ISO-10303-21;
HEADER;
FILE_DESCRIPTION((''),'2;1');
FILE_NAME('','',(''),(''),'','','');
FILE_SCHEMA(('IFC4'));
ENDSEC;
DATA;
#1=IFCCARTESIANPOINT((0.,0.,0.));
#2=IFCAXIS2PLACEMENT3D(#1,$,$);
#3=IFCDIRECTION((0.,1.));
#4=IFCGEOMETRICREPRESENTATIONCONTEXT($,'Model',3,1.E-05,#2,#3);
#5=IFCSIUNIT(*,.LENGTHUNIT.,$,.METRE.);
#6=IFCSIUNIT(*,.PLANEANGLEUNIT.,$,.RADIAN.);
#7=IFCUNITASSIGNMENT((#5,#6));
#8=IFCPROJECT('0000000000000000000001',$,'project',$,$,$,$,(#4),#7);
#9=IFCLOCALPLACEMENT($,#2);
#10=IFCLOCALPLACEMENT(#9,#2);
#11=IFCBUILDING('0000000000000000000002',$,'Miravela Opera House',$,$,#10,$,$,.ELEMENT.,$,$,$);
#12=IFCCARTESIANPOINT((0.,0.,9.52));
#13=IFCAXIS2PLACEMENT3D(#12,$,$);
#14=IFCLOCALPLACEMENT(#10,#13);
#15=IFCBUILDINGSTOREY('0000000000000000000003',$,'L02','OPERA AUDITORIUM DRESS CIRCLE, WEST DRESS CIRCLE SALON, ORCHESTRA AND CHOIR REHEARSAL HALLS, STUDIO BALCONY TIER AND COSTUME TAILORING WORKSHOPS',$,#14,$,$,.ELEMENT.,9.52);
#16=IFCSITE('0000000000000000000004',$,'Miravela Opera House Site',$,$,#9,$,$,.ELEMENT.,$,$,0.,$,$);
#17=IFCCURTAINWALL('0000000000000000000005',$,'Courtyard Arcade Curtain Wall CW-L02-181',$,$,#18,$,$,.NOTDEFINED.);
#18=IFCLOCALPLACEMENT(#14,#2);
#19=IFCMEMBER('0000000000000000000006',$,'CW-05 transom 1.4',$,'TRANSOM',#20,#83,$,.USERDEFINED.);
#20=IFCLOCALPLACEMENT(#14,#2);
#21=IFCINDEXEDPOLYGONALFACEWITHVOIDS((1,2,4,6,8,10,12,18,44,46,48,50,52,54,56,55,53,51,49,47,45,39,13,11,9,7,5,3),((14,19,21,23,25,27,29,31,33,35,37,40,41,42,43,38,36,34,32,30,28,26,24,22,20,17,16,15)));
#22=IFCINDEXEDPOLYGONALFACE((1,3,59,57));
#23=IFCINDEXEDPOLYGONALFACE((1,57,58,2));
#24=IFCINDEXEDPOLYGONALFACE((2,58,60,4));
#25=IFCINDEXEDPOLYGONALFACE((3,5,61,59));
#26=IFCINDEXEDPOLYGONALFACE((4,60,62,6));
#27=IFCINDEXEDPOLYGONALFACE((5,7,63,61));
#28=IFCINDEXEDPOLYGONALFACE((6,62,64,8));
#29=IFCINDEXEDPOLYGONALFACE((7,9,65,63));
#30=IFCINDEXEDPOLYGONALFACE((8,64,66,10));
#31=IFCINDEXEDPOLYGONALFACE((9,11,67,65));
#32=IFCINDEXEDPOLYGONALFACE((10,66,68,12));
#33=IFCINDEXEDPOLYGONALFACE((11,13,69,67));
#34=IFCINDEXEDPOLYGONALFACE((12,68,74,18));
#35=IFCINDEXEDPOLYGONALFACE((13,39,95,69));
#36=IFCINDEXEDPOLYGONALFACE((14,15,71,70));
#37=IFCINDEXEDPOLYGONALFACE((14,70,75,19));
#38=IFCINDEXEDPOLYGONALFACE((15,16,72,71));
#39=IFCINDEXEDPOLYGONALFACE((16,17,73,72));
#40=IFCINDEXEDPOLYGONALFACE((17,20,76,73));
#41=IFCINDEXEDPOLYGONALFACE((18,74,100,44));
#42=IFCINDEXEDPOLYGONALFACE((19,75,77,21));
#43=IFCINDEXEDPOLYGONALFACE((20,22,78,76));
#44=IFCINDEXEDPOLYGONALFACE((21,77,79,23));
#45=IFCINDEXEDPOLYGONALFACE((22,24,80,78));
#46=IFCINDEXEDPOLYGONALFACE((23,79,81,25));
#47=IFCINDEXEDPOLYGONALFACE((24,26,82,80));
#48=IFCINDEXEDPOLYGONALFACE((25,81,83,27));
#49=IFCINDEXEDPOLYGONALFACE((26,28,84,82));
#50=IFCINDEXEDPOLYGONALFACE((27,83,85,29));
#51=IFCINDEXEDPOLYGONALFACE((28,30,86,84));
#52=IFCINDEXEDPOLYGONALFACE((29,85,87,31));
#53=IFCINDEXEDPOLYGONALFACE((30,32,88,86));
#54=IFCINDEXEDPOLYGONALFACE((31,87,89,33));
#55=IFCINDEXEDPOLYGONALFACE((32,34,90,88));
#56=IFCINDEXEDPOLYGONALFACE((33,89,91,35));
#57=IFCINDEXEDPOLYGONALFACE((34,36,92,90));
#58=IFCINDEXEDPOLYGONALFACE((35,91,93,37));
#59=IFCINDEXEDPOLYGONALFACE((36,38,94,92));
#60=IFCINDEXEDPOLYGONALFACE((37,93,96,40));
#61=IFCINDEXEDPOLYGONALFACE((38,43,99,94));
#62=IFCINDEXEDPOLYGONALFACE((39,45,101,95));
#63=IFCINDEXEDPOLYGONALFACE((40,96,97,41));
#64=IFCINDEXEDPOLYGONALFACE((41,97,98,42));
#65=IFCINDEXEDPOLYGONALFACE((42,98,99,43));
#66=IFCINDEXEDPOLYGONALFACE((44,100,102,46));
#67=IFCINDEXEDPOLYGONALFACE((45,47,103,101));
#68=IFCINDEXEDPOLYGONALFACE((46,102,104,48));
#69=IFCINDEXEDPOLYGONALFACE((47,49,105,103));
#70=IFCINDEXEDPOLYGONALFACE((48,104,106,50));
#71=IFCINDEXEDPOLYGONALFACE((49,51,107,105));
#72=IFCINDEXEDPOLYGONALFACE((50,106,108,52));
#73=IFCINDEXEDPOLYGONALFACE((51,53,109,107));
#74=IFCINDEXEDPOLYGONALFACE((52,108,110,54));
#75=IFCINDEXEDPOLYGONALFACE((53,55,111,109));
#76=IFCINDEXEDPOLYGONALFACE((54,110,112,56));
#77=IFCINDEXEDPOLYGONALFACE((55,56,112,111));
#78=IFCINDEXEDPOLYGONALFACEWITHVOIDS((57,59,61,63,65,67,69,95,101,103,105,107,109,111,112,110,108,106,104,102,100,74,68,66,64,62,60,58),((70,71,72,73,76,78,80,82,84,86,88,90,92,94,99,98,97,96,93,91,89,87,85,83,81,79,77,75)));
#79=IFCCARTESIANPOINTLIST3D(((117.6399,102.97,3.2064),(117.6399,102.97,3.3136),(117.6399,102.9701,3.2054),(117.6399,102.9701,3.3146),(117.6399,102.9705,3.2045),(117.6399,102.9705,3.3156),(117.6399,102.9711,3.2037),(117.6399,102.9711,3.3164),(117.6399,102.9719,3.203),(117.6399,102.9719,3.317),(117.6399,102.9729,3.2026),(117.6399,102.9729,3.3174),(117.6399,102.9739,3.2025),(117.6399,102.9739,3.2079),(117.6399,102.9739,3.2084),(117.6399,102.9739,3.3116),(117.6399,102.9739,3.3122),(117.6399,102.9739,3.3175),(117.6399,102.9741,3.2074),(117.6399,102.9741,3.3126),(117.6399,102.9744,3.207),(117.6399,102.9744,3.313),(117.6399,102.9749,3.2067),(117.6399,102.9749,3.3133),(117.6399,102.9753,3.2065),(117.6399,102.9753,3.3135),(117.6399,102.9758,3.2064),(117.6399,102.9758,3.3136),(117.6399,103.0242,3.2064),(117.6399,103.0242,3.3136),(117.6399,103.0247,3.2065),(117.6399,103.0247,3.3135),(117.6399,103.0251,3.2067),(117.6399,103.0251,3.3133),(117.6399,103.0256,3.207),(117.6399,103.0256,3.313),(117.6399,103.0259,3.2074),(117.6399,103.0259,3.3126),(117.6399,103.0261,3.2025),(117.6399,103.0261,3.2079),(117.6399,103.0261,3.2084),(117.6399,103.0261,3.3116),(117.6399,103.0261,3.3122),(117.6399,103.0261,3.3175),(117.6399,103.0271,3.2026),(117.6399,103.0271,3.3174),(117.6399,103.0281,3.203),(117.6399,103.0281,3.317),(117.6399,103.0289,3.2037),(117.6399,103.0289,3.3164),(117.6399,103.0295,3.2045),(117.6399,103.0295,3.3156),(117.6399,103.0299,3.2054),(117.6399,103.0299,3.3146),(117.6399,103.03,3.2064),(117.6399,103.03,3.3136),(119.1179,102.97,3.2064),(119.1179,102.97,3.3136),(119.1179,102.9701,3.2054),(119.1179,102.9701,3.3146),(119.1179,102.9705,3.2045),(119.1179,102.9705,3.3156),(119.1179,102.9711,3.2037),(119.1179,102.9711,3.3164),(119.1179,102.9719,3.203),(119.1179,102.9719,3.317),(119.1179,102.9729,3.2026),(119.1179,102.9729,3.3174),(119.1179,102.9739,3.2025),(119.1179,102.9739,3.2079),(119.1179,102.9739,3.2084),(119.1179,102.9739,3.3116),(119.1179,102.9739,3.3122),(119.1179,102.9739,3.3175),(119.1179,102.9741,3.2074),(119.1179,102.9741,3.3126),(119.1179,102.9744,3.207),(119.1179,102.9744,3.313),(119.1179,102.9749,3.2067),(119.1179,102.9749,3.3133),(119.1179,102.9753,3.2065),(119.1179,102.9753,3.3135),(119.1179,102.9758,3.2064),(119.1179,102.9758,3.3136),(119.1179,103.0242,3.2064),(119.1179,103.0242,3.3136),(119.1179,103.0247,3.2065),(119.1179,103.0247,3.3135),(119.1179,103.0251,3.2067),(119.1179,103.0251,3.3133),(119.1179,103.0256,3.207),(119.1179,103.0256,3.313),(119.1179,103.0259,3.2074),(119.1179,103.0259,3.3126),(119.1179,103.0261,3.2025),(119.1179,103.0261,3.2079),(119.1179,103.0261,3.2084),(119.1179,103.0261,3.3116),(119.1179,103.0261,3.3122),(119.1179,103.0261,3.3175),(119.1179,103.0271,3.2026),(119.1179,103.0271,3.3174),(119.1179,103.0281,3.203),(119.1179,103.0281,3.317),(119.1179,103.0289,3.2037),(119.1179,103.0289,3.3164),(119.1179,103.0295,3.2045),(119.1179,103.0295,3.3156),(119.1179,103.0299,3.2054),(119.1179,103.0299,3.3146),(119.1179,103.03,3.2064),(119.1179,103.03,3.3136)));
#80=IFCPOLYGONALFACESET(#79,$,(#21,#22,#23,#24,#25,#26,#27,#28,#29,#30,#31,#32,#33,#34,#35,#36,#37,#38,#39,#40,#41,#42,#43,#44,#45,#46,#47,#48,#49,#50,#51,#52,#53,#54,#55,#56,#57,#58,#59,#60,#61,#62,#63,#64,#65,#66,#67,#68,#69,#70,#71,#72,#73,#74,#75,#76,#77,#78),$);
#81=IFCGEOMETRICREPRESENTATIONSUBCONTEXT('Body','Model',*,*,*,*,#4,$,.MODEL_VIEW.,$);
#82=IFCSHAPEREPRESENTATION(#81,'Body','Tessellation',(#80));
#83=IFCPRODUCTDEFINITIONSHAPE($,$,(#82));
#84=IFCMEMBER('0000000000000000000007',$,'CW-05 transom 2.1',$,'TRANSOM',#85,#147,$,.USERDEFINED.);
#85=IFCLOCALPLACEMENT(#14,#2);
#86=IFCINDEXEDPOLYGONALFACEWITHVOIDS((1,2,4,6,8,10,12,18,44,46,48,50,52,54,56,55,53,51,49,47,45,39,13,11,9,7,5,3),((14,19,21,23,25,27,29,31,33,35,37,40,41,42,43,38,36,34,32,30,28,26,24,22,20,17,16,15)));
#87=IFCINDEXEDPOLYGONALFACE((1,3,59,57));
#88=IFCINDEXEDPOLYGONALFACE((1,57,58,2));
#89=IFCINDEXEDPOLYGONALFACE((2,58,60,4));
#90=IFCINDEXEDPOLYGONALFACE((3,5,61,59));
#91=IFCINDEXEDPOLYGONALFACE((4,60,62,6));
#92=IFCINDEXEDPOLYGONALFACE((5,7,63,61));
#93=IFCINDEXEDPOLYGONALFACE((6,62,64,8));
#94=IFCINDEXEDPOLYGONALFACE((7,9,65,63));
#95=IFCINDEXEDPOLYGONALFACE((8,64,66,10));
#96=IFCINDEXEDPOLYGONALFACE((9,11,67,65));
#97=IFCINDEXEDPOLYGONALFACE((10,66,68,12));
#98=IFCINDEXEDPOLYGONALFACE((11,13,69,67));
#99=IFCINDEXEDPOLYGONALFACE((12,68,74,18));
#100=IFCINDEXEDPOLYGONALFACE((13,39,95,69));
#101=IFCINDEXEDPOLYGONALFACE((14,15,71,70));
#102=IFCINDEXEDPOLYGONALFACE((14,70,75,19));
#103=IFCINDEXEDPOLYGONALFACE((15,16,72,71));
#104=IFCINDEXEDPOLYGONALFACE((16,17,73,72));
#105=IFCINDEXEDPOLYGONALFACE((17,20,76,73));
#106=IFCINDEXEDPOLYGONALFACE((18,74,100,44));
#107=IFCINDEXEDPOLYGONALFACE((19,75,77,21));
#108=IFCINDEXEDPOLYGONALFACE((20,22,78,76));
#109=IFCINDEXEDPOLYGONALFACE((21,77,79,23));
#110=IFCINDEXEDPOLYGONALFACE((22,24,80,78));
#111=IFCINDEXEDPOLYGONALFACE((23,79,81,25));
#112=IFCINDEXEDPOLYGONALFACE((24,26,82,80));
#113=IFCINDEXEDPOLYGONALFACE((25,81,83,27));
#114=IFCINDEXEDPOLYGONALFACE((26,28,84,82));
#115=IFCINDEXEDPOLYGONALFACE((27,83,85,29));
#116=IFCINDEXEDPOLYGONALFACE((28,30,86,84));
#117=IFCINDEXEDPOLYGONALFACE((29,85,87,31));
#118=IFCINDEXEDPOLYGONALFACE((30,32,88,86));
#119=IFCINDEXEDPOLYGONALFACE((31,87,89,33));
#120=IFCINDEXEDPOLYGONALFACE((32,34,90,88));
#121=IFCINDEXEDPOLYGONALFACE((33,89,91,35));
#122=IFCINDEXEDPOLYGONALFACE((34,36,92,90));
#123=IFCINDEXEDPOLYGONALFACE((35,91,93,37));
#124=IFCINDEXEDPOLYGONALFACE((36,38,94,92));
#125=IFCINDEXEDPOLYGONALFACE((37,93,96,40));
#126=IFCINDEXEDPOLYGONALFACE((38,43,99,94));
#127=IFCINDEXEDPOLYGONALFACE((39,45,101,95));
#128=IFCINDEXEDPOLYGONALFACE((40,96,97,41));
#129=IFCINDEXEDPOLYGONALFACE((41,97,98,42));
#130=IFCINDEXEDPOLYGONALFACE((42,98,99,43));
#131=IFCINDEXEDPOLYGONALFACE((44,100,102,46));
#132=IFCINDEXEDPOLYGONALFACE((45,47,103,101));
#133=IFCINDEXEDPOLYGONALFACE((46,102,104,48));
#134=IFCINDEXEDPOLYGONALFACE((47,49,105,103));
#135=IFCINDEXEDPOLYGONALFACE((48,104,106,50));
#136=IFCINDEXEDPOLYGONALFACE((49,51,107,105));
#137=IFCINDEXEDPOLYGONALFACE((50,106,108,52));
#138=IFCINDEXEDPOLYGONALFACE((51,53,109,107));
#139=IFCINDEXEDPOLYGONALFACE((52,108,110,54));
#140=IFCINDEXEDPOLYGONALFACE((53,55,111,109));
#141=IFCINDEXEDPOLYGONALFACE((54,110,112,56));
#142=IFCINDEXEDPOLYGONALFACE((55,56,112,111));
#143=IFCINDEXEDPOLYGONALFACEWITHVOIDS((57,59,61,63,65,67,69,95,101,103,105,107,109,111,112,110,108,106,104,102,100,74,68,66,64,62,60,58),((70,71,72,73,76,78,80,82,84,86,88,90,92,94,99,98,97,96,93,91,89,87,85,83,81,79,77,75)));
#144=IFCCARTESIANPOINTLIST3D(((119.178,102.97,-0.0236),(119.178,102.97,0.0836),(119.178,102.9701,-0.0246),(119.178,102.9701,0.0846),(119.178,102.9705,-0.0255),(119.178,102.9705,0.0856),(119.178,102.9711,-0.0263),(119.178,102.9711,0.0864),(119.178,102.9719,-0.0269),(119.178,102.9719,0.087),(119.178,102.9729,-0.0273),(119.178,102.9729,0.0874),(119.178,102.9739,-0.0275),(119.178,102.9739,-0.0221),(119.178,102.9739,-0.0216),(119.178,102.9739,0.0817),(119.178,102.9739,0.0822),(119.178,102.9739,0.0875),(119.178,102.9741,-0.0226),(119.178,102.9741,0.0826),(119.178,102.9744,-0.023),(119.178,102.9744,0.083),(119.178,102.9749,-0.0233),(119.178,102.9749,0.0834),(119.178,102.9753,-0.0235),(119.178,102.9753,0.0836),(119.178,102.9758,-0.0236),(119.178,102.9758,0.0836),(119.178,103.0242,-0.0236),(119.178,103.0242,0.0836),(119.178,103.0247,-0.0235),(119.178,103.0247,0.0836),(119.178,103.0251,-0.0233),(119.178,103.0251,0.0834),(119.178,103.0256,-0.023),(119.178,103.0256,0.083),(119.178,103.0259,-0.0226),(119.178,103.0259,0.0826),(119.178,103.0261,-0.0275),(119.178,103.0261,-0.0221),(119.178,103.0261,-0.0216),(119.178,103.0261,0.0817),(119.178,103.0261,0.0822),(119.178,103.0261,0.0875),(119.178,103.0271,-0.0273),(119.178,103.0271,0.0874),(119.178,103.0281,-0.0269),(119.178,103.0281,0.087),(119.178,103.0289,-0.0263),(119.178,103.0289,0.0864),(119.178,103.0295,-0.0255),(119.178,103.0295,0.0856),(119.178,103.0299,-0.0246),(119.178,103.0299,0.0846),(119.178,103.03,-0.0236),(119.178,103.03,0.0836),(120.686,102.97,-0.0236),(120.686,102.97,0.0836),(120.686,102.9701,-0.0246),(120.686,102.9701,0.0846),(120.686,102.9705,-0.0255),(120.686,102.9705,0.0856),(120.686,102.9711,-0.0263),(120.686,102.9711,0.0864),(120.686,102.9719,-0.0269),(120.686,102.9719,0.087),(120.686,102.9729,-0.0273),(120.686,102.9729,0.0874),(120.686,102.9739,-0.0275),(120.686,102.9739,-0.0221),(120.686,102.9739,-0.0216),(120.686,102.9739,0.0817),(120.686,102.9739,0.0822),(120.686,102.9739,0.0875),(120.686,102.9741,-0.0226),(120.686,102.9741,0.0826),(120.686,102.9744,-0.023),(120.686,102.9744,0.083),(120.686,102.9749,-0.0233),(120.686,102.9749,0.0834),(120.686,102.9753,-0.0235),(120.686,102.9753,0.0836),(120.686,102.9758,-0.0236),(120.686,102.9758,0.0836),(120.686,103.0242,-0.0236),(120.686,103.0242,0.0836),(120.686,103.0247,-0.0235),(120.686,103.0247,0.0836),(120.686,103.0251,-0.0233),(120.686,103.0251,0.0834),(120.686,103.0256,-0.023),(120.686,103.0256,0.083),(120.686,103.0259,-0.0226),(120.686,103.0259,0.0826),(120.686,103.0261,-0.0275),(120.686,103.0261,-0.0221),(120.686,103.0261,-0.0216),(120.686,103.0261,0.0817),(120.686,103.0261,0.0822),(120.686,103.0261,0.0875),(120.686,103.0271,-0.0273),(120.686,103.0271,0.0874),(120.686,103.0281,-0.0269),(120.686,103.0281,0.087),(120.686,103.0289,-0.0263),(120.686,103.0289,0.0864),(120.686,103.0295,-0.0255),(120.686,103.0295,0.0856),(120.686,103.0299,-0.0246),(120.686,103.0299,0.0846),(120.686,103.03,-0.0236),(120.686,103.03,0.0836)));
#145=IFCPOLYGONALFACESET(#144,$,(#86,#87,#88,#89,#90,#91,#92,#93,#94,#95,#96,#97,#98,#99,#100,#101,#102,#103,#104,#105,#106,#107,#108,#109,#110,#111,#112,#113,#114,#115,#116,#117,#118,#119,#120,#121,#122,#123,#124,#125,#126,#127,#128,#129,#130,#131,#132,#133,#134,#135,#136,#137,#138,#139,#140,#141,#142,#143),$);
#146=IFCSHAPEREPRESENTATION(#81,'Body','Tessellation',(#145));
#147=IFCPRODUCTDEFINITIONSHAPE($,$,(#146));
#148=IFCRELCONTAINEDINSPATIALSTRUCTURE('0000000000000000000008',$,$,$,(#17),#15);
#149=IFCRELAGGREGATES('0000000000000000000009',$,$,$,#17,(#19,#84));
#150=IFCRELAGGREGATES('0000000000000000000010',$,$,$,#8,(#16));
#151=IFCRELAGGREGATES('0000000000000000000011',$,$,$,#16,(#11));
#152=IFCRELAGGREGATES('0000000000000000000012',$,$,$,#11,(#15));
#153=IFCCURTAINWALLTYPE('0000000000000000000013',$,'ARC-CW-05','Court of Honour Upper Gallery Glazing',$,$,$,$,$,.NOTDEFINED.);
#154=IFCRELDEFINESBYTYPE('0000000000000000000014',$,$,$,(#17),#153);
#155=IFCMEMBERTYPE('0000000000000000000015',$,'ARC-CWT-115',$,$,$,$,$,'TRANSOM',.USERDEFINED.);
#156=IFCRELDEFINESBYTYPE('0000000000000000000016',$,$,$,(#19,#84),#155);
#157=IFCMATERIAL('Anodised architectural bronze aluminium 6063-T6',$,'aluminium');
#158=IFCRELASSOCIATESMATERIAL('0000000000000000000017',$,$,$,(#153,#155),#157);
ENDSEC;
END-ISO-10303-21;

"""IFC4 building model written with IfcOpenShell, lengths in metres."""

from ifc_helpers import new_model, si_unit, direction, frame, origin, origin_2d, place, context, subcontext, project, spatial, hollow_rectangle, extrude, material, material_profile, profile_set, type_object, element, aggregate, save


model = new_model("IFC4")

# Units and contexts
model_context = context("Model", 3, precision=1e-05, world=origin(), true_north=direction((0.0, 1.0)))
body_context = subcontext(model_context, "Body", "Model", "MODEL_VIEW")
ifc_project = project(units=[si_unit("LENGTHUNIT", "METRE"), si_unit("PLANEANGLEUNIT", "RADIAN")], contexts=[model_context])

# Site, building, storey
site_placement = place(None, origin())
site = spatial("IfcSite", under=ifc_project, at=site_placement, Name="Miravela Opera House Site", CompositionType="ELEMENT", RefElevation=0.0)
building_placement = place(site_placement, origin())
building = spatial("IfcBuilding", under=site, at=building_placement, Name="Miravela Opera House", CompositionType="ELEMENT")
storey_placement = place(building_placement, frame((0.0, 0.0, 9.52)))
storey = spatial("IfcBuildingStorey", under=building, at=storey_placement, Name="L02", Description="OPERA AUDITORIUM DRESS CIRCLE, WEST DRESS CIRCLE SALON, ORCHESTRA AND CHOIR REHEARSAL HALLS, STUDIO BALCONY TIER AND COSTUME TAILORING WORKSHOPS", CompositionType="ELEMENT", Elevation=9.52)

# Curtain wall, members
ifc_material_1 = material(Name="Anodised architectural bronze aluminium 6063-T6", Category="aluminium")
curtain_wall_type = type_object("IfcCurtainWallType", Name="ARC-CW-05", Description="Court of Honour Upper Gallery Glazing", PredefinedType="NOTDEFINED", material=ifc_material_1)
curtain_wall_placement = place(storey_placement, origin())
curtain_wall = element("IfcCurtainWall", 1, at=curtain_wall_placement, inside=storey, type_object=curtain_wall_type, Name="Courtyard Arcade Curtain Wall CW-L02-181", PredefinedType="NOTDEFINED")
ifc_material_profile_1 = material_profile(ifc_material_1, hollow_rectangle(XDim=0.0601, YDim=0.115, WallThickness=0.0039, InnerFilletRadius=0.002, OuterFilletRadius=0.0039, at=origin_2d()), Name="CWT-60X115")
ifc_profile_set_1 = profile_set([ifc_material_profile_1])
member_type_1 = type_object("IfcMemberType", Name="ARC-CWT-115", ElementType="TRANSOM", PredefinedType="USERDEFINED", material=ifc_profile_set_1)
member_1_placement = place(storey_placement, frame((117.6399, 103.0, 3.26), z_axis=(1.0, 0.0, 0.0), x_axis=(0.0, 1.0, 0.0)))
member_1 = element("IfcMember", 2, at=member_1_placement, type_object=member_type_1, Name="CW-05 transom 1.4", ObjectType="TRANSOM", PredefinedType="USERDEFINED", context=body_context, shape_type="SweptSolid", body=[
    extrude(hollow_rectangle(XDim=0.0601, YDim=0.115, WallThickness=0.0039, InnerFilletRadius=0.002, OuterFilletRadius=0.0039, at=origin_2d()), origin(), (0.0, 0.0, 1.0), 1.478),
])
member_2_placement = place(storey_placement, frame((119.178, 103.0, 0.03), z_axis=(1.0, 0.0, 0.0), x_axis=(0.0, 1.0, 0.0)))
member_2 = element("IfcMember", 3, at=member_2_placement, type_object=member_type_1, Name="CW-05 transom 2.1", ObjectType="TRANSOM", PredefinedType="USERDEFINED", context=body_context, shape_type="SweptSolid", body=[
    extrude(hollow_rectangle(XDim=0.0601, YDim=0.115, WallThickness=0.0039, InnerFilletRadius=0.002, OuterFilletRadius=0.0039, at=origin_2d()), origin(), (0.0, 0.0, 1.0), 1.5081),
])

aggregate(curtain_wall, [member_1, member_2])

save(model, "model.ifc")
